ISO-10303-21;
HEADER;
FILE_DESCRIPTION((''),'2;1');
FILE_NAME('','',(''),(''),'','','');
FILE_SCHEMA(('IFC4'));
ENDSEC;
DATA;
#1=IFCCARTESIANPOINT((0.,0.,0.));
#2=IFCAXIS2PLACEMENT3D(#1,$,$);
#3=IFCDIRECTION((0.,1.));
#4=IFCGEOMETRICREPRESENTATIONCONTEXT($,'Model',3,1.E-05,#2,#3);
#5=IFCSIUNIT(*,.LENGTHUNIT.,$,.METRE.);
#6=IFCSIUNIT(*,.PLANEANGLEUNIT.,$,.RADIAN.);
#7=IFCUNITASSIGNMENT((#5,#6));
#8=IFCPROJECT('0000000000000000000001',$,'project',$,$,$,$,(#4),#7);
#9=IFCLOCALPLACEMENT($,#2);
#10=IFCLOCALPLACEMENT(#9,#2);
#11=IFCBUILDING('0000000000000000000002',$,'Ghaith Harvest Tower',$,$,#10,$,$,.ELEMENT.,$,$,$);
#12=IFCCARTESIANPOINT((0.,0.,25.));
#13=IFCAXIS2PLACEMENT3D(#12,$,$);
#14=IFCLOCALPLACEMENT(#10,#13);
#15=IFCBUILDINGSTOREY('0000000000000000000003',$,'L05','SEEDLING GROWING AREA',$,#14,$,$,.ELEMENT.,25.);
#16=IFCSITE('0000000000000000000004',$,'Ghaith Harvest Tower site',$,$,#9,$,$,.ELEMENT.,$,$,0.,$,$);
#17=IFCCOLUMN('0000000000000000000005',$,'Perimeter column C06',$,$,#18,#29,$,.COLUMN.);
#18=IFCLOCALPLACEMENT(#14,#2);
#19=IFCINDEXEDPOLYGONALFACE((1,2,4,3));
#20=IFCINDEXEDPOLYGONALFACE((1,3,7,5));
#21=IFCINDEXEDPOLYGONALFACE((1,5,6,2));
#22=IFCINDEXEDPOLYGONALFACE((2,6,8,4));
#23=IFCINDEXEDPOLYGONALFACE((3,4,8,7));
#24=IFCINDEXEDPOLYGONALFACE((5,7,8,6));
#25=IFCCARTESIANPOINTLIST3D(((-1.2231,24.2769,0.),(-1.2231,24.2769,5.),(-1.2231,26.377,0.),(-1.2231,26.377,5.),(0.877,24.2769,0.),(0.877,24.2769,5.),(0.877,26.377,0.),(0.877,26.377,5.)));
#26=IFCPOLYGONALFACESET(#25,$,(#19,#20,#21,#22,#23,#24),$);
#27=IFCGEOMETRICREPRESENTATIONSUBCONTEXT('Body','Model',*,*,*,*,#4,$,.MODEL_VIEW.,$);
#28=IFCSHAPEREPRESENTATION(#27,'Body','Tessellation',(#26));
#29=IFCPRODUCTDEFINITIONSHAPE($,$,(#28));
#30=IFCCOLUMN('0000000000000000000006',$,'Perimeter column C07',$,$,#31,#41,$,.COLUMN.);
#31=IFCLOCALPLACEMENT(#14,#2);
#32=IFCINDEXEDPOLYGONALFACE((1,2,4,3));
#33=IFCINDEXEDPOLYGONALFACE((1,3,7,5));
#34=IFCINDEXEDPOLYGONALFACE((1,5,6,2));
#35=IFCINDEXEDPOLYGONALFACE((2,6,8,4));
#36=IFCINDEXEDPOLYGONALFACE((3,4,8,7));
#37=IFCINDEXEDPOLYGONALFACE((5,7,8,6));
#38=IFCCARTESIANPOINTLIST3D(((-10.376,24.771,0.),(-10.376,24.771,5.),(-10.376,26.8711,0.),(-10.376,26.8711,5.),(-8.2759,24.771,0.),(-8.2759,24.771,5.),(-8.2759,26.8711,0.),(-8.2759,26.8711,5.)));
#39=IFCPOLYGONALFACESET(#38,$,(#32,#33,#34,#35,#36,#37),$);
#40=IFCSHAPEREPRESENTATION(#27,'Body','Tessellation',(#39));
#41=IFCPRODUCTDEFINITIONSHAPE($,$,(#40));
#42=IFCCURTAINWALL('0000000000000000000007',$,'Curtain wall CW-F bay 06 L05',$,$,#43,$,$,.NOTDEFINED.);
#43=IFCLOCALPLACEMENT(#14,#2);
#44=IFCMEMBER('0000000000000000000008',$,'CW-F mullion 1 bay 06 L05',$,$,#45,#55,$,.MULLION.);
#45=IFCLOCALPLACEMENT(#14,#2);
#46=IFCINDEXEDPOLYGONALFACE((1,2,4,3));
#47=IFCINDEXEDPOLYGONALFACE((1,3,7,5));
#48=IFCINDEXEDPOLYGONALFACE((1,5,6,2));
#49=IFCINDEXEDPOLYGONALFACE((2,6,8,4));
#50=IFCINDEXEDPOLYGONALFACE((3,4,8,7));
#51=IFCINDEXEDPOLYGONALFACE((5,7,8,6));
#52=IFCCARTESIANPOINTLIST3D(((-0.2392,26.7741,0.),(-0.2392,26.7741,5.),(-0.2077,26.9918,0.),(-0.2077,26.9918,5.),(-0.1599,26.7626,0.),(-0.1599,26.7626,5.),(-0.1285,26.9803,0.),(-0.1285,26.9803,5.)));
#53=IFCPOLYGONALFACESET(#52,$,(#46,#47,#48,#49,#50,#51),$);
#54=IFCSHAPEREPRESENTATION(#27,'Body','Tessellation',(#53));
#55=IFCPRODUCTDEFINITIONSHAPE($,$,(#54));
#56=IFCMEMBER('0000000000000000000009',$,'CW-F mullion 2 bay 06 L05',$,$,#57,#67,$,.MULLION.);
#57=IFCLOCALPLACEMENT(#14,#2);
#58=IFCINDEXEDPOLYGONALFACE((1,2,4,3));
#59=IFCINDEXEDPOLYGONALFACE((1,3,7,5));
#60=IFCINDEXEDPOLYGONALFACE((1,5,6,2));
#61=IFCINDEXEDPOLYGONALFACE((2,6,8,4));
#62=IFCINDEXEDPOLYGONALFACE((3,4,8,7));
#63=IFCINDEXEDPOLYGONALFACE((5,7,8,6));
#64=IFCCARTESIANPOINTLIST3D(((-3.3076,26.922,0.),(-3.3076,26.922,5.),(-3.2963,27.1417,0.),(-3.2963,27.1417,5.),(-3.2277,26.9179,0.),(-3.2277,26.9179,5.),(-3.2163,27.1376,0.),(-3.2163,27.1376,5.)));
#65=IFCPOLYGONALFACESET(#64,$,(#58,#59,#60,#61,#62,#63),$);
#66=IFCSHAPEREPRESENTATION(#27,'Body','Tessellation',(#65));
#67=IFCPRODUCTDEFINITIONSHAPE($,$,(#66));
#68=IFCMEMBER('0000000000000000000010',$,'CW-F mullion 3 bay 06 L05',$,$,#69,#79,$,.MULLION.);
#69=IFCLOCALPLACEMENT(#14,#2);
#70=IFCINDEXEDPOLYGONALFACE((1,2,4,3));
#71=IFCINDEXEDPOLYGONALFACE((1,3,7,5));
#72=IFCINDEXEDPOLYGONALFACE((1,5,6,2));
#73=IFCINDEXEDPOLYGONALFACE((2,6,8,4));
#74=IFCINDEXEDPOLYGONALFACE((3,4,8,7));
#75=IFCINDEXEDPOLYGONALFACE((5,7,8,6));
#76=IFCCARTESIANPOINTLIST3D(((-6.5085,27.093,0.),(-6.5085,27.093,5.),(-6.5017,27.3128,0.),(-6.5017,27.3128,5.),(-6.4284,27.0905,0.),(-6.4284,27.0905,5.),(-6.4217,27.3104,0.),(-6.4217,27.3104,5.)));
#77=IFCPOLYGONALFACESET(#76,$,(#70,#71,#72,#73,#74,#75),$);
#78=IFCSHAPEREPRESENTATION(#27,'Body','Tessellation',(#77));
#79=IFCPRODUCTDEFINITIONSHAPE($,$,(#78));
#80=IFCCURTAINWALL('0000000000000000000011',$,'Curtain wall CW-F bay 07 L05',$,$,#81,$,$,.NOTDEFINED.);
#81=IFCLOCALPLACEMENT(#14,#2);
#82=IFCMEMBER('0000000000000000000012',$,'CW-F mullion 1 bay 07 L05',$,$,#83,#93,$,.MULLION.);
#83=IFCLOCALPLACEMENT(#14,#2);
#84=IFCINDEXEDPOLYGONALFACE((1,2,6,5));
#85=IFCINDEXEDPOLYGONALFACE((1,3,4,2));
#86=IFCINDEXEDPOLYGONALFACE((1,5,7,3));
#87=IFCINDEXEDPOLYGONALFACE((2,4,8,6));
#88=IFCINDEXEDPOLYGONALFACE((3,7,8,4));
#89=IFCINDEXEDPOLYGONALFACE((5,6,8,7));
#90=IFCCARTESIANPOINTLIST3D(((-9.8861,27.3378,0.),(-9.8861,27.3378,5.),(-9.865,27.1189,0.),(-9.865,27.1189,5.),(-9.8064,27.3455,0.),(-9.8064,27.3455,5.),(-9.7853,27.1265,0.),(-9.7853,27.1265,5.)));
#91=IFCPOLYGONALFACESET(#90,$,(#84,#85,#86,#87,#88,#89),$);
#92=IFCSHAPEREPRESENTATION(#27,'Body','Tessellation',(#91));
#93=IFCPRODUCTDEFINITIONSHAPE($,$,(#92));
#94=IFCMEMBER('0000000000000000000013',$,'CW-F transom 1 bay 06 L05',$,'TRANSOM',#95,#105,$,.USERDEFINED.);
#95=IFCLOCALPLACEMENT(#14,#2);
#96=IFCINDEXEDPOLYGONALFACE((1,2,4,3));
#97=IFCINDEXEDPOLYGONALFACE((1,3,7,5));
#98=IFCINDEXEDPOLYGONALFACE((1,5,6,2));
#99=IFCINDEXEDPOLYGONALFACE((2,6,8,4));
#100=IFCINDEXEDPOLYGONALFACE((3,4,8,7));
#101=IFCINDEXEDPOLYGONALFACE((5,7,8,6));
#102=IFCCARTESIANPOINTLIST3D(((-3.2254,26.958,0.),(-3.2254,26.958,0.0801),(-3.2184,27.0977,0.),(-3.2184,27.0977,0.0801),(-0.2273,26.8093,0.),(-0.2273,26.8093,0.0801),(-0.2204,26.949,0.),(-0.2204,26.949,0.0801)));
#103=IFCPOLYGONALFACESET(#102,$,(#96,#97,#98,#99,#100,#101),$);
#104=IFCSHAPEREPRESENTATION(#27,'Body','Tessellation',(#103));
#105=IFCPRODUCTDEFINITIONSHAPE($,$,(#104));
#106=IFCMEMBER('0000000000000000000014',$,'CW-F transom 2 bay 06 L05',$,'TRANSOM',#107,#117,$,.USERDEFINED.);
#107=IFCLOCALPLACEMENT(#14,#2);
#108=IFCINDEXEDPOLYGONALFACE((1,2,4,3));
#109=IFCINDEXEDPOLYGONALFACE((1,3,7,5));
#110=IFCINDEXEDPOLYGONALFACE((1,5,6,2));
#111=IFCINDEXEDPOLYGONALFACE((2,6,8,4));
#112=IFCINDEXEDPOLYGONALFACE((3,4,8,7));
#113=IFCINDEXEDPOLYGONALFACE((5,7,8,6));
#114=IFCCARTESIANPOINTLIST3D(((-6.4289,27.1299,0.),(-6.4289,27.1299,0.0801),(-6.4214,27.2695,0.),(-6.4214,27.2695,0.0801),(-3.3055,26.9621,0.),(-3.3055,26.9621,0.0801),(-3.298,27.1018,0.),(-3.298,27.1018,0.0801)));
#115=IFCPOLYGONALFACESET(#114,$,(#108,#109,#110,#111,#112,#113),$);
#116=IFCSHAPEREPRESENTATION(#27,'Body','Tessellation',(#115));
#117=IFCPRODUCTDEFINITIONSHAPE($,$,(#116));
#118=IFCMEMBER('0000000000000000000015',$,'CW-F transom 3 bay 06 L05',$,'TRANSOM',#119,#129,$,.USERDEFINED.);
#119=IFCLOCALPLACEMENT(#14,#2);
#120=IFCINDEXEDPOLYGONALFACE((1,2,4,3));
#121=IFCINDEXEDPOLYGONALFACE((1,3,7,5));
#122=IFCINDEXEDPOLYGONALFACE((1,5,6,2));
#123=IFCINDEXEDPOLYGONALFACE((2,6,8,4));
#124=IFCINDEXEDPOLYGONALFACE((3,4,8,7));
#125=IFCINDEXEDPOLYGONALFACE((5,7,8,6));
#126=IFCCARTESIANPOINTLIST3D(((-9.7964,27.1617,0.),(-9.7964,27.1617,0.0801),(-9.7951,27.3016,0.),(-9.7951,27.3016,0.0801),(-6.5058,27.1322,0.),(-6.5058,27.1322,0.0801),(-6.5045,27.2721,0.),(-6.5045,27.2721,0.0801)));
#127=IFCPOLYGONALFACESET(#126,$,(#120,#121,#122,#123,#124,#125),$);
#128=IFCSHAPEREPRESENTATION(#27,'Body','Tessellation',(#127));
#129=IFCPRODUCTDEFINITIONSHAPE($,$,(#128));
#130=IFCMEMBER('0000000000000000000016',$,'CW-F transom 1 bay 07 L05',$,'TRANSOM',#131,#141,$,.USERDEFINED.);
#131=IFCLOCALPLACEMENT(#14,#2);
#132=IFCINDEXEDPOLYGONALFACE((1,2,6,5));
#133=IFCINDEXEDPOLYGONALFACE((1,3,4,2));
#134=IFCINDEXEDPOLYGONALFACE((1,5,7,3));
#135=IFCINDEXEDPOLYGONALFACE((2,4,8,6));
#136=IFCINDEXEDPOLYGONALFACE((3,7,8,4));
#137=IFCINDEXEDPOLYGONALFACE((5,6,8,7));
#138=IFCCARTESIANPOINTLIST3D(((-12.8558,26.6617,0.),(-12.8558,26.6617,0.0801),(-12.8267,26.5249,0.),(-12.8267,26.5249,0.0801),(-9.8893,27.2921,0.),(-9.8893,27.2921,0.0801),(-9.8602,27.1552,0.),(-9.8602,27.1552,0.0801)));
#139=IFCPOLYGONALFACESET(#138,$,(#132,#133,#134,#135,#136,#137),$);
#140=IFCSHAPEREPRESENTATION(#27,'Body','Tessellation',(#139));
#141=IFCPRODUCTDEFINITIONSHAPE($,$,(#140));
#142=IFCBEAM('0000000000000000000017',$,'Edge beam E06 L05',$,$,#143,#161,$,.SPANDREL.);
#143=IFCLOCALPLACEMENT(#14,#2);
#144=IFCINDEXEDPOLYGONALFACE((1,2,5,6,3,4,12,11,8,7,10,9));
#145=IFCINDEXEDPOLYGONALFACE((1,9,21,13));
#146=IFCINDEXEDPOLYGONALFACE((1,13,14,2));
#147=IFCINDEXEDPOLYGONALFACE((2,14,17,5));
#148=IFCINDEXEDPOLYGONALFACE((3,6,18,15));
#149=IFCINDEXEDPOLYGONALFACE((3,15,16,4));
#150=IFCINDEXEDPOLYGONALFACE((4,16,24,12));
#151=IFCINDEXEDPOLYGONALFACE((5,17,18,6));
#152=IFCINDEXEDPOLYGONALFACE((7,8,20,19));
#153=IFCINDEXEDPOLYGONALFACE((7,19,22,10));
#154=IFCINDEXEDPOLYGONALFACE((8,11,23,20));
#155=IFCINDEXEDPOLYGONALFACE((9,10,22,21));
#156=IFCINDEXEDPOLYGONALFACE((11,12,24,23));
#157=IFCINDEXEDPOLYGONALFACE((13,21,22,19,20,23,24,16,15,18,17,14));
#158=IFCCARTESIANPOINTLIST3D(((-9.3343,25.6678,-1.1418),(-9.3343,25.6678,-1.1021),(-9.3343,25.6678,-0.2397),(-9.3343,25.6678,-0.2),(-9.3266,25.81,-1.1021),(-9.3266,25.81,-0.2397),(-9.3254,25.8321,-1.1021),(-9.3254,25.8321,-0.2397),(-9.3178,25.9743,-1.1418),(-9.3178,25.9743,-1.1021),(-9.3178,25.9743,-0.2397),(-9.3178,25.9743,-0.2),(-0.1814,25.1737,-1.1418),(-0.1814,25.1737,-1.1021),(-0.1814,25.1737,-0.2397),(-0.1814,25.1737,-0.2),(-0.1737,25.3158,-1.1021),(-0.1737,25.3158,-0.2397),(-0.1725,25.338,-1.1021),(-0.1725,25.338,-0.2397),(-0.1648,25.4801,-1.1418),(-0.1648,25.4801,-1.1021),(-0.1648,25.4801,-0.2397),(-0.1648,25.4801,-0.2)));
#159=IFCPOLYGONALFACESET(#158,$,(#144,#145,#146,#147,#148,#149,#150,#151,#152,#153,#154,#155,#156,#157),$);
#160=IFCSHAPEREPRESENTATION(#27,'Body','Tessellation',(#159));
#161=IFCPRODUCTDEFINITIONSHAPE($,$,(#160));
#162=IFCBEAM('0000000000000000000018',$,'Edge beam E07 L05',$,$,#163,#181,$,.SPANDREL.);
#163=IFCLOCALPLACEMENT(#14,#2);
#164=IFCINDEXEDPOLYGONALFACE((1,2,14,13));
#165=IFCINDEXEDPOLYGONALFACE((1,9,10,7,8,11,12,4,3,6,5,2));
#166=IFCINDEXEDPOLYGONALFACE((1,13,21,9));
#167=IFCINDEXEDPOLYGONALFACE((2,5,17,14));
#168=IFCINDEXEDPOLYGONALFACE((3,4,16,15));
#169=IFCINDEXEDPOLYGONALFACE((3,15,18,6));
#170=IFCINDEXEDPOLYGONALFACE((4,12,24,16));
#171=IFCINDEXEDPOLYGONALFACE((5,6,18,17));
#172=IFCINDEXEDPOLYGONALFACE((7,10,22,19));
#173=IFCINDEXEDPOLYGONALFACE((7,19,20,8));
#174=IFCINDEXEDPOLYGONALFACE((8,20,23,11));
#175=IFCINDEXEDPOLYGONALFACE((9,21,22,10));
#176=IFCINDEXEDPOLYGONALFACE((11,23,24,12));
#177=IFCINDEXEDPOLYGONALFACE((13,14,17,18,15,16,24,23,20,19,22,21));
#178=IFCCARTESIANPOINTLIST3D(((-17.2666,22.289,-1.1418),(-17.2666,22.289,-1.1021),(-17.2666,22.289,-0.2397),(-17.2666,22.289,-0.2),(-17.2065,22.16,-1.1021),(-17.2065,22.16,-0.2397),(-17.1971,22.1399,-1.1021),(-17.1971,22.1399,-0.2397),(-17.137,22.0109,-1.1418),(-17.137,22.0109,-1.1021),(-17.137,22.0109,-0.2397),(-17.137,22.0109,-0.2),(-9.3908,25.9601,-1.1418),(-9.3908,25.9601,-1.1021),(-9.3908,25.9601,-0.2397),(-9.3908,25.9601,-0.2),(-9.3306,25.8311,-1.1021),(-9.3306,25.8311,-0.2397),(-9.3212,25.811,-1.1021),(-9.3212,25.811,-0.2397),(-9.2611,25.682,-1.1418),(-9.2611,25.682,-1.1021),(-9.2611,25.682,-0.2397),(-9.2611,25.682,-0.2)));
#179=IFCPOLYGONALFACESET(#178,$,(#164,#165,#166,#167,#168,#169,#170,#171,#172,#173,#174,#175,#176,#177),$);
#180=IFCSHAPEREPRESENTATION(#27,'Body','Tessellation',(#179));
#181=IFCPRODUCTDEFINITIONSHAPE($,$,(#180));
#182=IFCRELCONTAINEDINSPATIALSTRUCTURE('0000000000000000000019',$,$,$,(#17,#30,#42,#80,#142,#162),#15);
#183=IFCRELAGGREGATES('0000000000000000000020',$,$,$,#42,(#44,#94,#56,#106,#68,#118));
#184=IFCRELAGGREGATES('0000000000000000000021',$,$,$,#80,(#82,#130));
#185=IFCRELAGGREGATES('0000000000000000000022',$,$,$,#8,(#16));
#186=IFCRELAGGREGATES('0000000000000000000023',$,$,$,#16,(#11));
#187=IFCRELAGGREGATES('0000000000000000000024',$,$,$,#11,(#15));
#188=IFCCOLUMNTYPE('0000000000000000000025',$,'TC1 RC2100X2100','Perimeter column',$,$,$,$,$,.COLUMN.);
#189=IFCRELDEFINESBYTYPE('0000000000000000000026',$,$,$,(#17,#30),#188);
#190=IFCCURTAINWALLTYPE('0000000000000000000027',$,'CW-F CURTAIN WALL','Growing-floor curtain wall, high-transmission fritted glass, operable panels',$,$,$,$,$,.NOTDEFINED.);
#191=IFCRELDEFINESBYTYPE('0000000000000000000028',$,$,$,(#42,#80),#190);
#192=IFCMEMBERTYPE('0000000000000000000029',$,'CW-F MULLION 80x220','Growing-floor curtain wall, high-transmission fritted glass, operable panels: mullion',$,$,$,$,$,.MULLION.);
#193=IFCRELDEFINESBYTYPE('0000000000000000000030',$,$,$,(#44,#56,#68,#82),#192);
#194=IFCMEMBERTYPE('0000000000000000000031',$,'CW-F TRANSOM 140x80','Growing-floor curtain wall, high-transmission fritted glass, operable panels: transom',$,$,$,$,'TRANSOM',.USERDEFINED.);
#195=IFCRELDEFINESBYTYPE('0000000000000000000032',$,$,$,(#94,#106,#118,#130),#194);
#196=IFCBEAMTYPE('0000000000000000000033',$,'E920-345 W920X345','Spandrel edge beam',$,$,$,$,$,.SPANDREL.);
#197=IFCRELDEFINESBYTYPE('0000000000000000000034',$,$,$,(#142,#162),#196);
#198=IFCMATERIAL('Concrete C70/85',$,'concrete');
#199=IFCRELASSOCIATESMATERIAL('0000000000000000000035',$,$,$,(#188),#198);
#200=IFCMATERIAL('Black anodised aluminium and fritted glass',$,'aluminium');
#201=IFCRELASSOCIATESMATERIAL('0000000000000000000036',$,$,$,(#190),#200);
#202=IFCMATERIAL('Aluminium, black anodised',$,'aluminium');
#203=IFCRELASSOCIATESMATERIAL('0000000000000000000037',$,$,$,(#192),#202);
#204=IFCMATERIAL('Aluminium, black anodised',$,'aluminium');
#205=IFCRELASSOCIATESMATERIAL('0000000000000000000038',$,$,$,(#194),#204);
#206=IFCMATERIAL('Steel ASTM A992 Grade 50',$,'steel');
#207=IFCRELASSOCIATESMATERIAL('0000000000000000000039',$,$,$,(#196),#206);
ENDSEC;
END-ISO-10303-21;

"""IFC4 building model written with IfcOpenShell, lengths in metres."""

from ifc_helpers import new_model, si_unit, direction, frame, origin, origin_2d, place, context, subcontext, project, spatial, rectangle, i_section, extrude, material, material_profile, profile_set, type_object, element, aggregate, save


model = new_model("IFC4")

# Units and contexts
model_context = context("Model", 3, precision=1e-05, world=origin(), true_north=direction((0.0, 1.0)))
body_context = subcontext(model_context, "Body", "Model", "MODEL_VIEW")
ifc_project = project(units=[si_unit("LENGTHUNIT", "METRE"), si_unit("PLANEANGLEUNIT", "RADIAN")], contexts=[model_context])

# Site, building, storey
site_placement = place(None, origin())
site = spatial("IfcSite", under=ifc_project, at=site_placement, Name="Ghaith Harvest Tower site", CompositionType="ELEMENT", RefElevation=0.0)
building_placement = place(site_placement, origin())
building = spatial("IfcBuilding", under=site, at=building_placement, Name="Ghaith Harvest Tower", CompositionType="ELEMENT")
storey_placement = place(building_placement, frame((0.0, 0.0, 25.0)))
storey = spatial("IfcBuildingStorey", under=building, at=storey_placement, Name="L05", Description="SEEDLING GROWING AREA", CompositionType="ELEMENT", Elevation=25.0)

# Columns
ifc_material_1 = material(Name="Concrete C70/85", Category="concrete")
ifc_material_profile_1 = material_profile(ifc_material_1, rectangle(XDim=2.1001, YDim=2.1001, at=origin_2d()), Name="RC2100X2100")
ifc_profile_set_1 = profile_set([ifc_material_profile_1], Name="Concrete C70/85")
column_type = type_object("IfcColumnType", Name="TC1 RC2100X2100", Description="Perimeter column", PredefinedType="COLUMN", material=ifc_profile_set_1)
for number, where, z_axis, x_axis, name in (
    (1, (-0.1731, 25.3269, 0.0), (0.0, 0.0, 1.0), (1.0, 0.0, 0.0), "Perimeter column C06"),
    (2, (-9.3259, 25.821, 0.0), (0.0, 0.0, 1.0), (1.0, 0.0, 0.0), "Perimeter column C07"),
):
    element("IfcColumn", number, at=place(storey_placement, frame(where, z_axis=z_axis, x_axis=x_axis)), inside=storey, type_object=column_type, Name=name, PredefinedType="COLUMN", context=body_context, shape_type="SweptSolid", body=[
        extrude(rectangle(XDim=2.1001, YDim=2.1001, at=origin_2d()), origin(), (0.0, 0.0, 1.0), 5.0),
    ])

# Curtain wall, members
ifc_material_2 = material(Name="Black anodised aluminium and fritted glass", Category="aluminium")
curtain_wall_type = type_object("IfcCurtainWallType", Name="CW-F CURTAIN WALL", Description="Growing-floor curtain wall, high-transmission fritted glass, operable panels", PredefinedType="NOTDEFINED", material=ifc_material_2)
curtain_wall_1_placement = place(storey_placement, origin())
curtain_wall_1 = element("IfcCurtainWall", 3, at=curtain_wall_1_placement, inside=storey, type_object=curtain_wall_type, Name="Curtain wall CW-F bay 06 L05", PredefinedType="NOTDEFINED")
ifc_material_3 = material(Name="Aluminium, black anodised", Category="aluminium")
ifc_material_profile_2 = material_profile(ifc_material_3, rectangle(XDim=0.0801, YDim=0.22, at=origin_2d()), Name="CW-F MULLION 80x220")
ifc_profile_set_2 = profile_set([ifc_material_profile_2], Name="Aluminium, black anodised")
member_type_1 = type_object("IfcMemberType", Name="CW-F MULLION 80x220", Description="Growing-floor curtain wall, high-transmission fritted glass, operable panels: mullion", PredefinedType="MULLION", material=ifc_profile_set_2)
member_1_placement = place(storey_placement, frame((-0.1838, 26.8772, 0.0), z_axis=(0.0, 0.0, 1.0), x_axis=(-0.989712, 0.143075, 0.0)))
member_1 = element("IfcMember", 4, at=member_1_placement, type_object=member_type_1, Name="CW-F mullion 1 bay 06 L05", PredefinedType="MULLION", context=body_context, shape_type="SweptSolid", body=[
    extrude(rectangle(XDim=0.0801, YDim=0.22, at=origin_2d()), origin(), (0.0, 0.0, 1.0), 5.0),
])
member_2_placement = place(storey_placement, frame((-3.262, 27.0298, 0.0), z_axis=(0.0, 0.0, 1.0), x_axis=(-0.998667, 0.051618, 0.0)))
member_2 = element("IfcMember", 5, at=member_2_placement, type_object=member_type_1, Name="CW-F mullion 2 bay 06 L05", PredefinedType="MULLION", context=body_context, shape_type="SweptSolid", body=[
    extrude(rectangle(XDim=0.0801, YDim=0.22, at=origin_2d()), origin(), (0.0, 0.0, 1.0), 5.0),
])
member_3_placement = place(storey_placement, frame((-6.4651, 27.2017, 0.0), z_axis=(0.0, 0.0, 1.0), x_axis=(-0.999527, 0.03075, 0.0)))
member_3 = element("IfcMember", 6, at=member_3_placement, type_object=member_type_1, Name="CW-F mullion 3 bay 06 L05", PredefinedType="MULLION", context=body_context, shape_type="SweptSolid", body=[
    extrude(rectangle(XDim=0.0801, YDim=0.22, at=origin_2d()), origin(), (0.0, 0.0, 1.0), 5.0),
])

# Curtain wall, member
curtain_wall_2_placement = place(storey_placement, origin())
curtain_wall_2 = element("IfcCurtainWall", 7, at=curtain_wall_2_placement, inside=storey, type_object=curtain_wall_type, Name="Curtain wall CW-F bay 07 L05", PredefinedType="NOTDEFINED")
member_4_placement = place(storey_placement, frame((-9.8357, 27.2322, 0.0), z_axis=(0.0, 0.0, 1.0), x_axis=(-0.995408, -0.095718, 0.0)))
member_4 = element("IfcMember", 8, at=member_4_placement, type_object=member_type_1, Name="CW-F mullion 1 bay 07 L05", PredefinedType="MULLION", context=body_context, shape_type="SweptSolid", body=[
    extrude(rectangle(XDim=0.0801, YDim=0.22, at=origin_2d()), origin(), (0.0, 0.0, 1.0), 5.0),
])

# Members
ifc_material_4 = material(Name="Aluminium, black anodised", Category="aluminium")
ifc_material_profile_3 = material_profile(ifc_material_4, rectangle(XDim=0.1399, YDim=0.0801, at=origin_2d()), Name="CW-F TRANSOM 140x80")
ifc_profile_set_3 = profile_set([ifc_material_profile_3], Name="Aluminium, black anodised")
member_type_2 = type_object("IfcMemberType", Name="CW-F TRANSOM 140x80", Description="Growing-floor curtain wall, high-transmission fritted glass, operable panels: transom", ElementType="TRANSOM", PredefinedType="USERDEFINED", material=ifc_profile_set_3)
member_5_placement = place(storey_placement, frame((-0.2239, 26.8792, 0.04), z_axis=(-0.998773, 0.049532, 0.0), x_axis=(-0.049532, -0.998773, 0.0)))
member_5 = element("IfcMember", 9, at=member_5_placement, type_object=member_type_2, Name="CW-F transom 1 bay 06 L05", ObjectType="TRANSOM", PredefinedType="USERDEFINED", context=body_context, shape_type="SweptSolid", body=[
    extrude(rectangle(XDim=0.1399, YDim=0.0801, at=origin_2d()), origin(), (0.0, 0.0, 1.0), 3.0017),
])
member_6_placement = place(storey_placement, frame((-3.3018, 27.032, 0.04), z_axis=(-0.998561, 0.05362, 0.0), x_axis=(-0.05362, -0.998561, 0.0)))
member_6 = element("IfcMember", 10, at=member_6_placement, type_object=member_type_2, Name="CW-F transom 2 bay 06 L05", ObjectType="TRANSOM", PredefinedType="USERDEFINED", context=body_context, shape_type="SweptSolid", body=[
    extrude(rectangle(XDim=0.1399, YDim=0.0801, at=origin_2d()), origin(), (0.0, 0.0, 1.0), 3.1279),
])
member_7_placement = place(storey_placement, frame((-6.5051, 27.2021, 0.04), z_axis=(-0.99996, 0.008977, 0.0), x_axis=(-0.008977, -0.99996, 0.0)))
member_7 = element("IfcMember", 11, at=member_7_placement, type_object=member_type_2, Name="CW-F transom 3 bay 06 L05", ObjectType="TRANSOM", PredefinedType="USERDEFINED", context=body_context, shape_type="SweptSolid", body=[
    extrude(rectangle(XDim=0.1399, YDim=0.0801, at=origin_2d()), origin(), (0.0, 0.0, 1.0), 3.2908),
])
member_8_placement = place(storey_placement, frame((-9.8748, 27.2236, 0.04), z_axis=(-0.97816, -0.207852, 0.0), x_axis=(0.207852, -0.97816, 0.0)))
member_8 = element("IfcMember", 12, at=member_8_placement, type_object=member_type_2, Name="CW-F transom 1 bay 07 L05", ObjectType="TRANSOM", PredefinedType="USERDEFINED", context=body_context, shape_type="SweptSolid", body=[
    extrude(rectangle(XDim=0.1399, YDim=0.0801, at=origin_2d()), origin(), (0.0, 0.0, 1.0), 3.0327),
])

# Beams
ifc_material_5 = material(Name="Steel ASTM A992 Grade 50", Category="steel")
ifc_material_profile_4 = material_profile(ifc_material_5, i_section(OverallWidth=0.3069, OverallDepth=0.9419, WebThickness=0.0222, FlangeThickness=0.0398, at=origin_2d()), Name="W920X345")
ifc_profile_set_4 = profile_set([ifc_material_profile_4], Name="Steel ASTM A992 Grade 50")
beam_type_1 = type_object("IfcBeamType", Name="E920-345 W920X345", Description="Spandrel edge beam", PredefinedType="SPANDREL", material=ifc_profile_set_4)
beam_1_placement = place(storey_placement, frame((-0.1731, 25.3269, -0.6709), z_axis=(-0.998546, 0.053909, 0.0), x_axis=(-0.053909, -0.998546, 0.0)))
element("IfcBeam", 13, at=beam_1_placement, inside=storey, type_object=beam_type_1, Name="Edge beam E06 L05", PredefinedType="SPANDREL", context=body_context, shape_type="SweptSolid", body=[
    extrude(i_section(OverallWidth=0.3069, OverallDepth=0.9419, WebThickness=0.0222, FlangeThickness=0.0398, at=origin_2d()), origin(), (0.0, 0.0, 1.0), 9.1663),
])
beam_2_placement = place(storey_placement, frame((-9.3259, 25.821, -0.6709), z_axis=(-0.906373, -0.422478, 0.0), x_axis=(0.422478, -0.906373, 0.0)))
element("IfcBeam", 14, at=beam_2_placement, inside=storey, type_object=beam_type_1, Name="Edge beam E07 L05", PredefinedType="SPANDREL", context=body_context, shape_type="SweptSolid", body=[
    extrude(i_section(OverallWidth=0.3069, OverallDepth=0.9419, WebThickness=0.0222, FlangeThickness=0.0398, at=origin_2d()), origin(), (0.0, 0.0, 1.0), 8.6895),
])

aggregate(curtain_wall_1, [member_1, member_5, member_2, member_6, member_3, member_7])
aggregate(curtain_wall_2, [member_4, member_8])

save(model, "model.ifc")
